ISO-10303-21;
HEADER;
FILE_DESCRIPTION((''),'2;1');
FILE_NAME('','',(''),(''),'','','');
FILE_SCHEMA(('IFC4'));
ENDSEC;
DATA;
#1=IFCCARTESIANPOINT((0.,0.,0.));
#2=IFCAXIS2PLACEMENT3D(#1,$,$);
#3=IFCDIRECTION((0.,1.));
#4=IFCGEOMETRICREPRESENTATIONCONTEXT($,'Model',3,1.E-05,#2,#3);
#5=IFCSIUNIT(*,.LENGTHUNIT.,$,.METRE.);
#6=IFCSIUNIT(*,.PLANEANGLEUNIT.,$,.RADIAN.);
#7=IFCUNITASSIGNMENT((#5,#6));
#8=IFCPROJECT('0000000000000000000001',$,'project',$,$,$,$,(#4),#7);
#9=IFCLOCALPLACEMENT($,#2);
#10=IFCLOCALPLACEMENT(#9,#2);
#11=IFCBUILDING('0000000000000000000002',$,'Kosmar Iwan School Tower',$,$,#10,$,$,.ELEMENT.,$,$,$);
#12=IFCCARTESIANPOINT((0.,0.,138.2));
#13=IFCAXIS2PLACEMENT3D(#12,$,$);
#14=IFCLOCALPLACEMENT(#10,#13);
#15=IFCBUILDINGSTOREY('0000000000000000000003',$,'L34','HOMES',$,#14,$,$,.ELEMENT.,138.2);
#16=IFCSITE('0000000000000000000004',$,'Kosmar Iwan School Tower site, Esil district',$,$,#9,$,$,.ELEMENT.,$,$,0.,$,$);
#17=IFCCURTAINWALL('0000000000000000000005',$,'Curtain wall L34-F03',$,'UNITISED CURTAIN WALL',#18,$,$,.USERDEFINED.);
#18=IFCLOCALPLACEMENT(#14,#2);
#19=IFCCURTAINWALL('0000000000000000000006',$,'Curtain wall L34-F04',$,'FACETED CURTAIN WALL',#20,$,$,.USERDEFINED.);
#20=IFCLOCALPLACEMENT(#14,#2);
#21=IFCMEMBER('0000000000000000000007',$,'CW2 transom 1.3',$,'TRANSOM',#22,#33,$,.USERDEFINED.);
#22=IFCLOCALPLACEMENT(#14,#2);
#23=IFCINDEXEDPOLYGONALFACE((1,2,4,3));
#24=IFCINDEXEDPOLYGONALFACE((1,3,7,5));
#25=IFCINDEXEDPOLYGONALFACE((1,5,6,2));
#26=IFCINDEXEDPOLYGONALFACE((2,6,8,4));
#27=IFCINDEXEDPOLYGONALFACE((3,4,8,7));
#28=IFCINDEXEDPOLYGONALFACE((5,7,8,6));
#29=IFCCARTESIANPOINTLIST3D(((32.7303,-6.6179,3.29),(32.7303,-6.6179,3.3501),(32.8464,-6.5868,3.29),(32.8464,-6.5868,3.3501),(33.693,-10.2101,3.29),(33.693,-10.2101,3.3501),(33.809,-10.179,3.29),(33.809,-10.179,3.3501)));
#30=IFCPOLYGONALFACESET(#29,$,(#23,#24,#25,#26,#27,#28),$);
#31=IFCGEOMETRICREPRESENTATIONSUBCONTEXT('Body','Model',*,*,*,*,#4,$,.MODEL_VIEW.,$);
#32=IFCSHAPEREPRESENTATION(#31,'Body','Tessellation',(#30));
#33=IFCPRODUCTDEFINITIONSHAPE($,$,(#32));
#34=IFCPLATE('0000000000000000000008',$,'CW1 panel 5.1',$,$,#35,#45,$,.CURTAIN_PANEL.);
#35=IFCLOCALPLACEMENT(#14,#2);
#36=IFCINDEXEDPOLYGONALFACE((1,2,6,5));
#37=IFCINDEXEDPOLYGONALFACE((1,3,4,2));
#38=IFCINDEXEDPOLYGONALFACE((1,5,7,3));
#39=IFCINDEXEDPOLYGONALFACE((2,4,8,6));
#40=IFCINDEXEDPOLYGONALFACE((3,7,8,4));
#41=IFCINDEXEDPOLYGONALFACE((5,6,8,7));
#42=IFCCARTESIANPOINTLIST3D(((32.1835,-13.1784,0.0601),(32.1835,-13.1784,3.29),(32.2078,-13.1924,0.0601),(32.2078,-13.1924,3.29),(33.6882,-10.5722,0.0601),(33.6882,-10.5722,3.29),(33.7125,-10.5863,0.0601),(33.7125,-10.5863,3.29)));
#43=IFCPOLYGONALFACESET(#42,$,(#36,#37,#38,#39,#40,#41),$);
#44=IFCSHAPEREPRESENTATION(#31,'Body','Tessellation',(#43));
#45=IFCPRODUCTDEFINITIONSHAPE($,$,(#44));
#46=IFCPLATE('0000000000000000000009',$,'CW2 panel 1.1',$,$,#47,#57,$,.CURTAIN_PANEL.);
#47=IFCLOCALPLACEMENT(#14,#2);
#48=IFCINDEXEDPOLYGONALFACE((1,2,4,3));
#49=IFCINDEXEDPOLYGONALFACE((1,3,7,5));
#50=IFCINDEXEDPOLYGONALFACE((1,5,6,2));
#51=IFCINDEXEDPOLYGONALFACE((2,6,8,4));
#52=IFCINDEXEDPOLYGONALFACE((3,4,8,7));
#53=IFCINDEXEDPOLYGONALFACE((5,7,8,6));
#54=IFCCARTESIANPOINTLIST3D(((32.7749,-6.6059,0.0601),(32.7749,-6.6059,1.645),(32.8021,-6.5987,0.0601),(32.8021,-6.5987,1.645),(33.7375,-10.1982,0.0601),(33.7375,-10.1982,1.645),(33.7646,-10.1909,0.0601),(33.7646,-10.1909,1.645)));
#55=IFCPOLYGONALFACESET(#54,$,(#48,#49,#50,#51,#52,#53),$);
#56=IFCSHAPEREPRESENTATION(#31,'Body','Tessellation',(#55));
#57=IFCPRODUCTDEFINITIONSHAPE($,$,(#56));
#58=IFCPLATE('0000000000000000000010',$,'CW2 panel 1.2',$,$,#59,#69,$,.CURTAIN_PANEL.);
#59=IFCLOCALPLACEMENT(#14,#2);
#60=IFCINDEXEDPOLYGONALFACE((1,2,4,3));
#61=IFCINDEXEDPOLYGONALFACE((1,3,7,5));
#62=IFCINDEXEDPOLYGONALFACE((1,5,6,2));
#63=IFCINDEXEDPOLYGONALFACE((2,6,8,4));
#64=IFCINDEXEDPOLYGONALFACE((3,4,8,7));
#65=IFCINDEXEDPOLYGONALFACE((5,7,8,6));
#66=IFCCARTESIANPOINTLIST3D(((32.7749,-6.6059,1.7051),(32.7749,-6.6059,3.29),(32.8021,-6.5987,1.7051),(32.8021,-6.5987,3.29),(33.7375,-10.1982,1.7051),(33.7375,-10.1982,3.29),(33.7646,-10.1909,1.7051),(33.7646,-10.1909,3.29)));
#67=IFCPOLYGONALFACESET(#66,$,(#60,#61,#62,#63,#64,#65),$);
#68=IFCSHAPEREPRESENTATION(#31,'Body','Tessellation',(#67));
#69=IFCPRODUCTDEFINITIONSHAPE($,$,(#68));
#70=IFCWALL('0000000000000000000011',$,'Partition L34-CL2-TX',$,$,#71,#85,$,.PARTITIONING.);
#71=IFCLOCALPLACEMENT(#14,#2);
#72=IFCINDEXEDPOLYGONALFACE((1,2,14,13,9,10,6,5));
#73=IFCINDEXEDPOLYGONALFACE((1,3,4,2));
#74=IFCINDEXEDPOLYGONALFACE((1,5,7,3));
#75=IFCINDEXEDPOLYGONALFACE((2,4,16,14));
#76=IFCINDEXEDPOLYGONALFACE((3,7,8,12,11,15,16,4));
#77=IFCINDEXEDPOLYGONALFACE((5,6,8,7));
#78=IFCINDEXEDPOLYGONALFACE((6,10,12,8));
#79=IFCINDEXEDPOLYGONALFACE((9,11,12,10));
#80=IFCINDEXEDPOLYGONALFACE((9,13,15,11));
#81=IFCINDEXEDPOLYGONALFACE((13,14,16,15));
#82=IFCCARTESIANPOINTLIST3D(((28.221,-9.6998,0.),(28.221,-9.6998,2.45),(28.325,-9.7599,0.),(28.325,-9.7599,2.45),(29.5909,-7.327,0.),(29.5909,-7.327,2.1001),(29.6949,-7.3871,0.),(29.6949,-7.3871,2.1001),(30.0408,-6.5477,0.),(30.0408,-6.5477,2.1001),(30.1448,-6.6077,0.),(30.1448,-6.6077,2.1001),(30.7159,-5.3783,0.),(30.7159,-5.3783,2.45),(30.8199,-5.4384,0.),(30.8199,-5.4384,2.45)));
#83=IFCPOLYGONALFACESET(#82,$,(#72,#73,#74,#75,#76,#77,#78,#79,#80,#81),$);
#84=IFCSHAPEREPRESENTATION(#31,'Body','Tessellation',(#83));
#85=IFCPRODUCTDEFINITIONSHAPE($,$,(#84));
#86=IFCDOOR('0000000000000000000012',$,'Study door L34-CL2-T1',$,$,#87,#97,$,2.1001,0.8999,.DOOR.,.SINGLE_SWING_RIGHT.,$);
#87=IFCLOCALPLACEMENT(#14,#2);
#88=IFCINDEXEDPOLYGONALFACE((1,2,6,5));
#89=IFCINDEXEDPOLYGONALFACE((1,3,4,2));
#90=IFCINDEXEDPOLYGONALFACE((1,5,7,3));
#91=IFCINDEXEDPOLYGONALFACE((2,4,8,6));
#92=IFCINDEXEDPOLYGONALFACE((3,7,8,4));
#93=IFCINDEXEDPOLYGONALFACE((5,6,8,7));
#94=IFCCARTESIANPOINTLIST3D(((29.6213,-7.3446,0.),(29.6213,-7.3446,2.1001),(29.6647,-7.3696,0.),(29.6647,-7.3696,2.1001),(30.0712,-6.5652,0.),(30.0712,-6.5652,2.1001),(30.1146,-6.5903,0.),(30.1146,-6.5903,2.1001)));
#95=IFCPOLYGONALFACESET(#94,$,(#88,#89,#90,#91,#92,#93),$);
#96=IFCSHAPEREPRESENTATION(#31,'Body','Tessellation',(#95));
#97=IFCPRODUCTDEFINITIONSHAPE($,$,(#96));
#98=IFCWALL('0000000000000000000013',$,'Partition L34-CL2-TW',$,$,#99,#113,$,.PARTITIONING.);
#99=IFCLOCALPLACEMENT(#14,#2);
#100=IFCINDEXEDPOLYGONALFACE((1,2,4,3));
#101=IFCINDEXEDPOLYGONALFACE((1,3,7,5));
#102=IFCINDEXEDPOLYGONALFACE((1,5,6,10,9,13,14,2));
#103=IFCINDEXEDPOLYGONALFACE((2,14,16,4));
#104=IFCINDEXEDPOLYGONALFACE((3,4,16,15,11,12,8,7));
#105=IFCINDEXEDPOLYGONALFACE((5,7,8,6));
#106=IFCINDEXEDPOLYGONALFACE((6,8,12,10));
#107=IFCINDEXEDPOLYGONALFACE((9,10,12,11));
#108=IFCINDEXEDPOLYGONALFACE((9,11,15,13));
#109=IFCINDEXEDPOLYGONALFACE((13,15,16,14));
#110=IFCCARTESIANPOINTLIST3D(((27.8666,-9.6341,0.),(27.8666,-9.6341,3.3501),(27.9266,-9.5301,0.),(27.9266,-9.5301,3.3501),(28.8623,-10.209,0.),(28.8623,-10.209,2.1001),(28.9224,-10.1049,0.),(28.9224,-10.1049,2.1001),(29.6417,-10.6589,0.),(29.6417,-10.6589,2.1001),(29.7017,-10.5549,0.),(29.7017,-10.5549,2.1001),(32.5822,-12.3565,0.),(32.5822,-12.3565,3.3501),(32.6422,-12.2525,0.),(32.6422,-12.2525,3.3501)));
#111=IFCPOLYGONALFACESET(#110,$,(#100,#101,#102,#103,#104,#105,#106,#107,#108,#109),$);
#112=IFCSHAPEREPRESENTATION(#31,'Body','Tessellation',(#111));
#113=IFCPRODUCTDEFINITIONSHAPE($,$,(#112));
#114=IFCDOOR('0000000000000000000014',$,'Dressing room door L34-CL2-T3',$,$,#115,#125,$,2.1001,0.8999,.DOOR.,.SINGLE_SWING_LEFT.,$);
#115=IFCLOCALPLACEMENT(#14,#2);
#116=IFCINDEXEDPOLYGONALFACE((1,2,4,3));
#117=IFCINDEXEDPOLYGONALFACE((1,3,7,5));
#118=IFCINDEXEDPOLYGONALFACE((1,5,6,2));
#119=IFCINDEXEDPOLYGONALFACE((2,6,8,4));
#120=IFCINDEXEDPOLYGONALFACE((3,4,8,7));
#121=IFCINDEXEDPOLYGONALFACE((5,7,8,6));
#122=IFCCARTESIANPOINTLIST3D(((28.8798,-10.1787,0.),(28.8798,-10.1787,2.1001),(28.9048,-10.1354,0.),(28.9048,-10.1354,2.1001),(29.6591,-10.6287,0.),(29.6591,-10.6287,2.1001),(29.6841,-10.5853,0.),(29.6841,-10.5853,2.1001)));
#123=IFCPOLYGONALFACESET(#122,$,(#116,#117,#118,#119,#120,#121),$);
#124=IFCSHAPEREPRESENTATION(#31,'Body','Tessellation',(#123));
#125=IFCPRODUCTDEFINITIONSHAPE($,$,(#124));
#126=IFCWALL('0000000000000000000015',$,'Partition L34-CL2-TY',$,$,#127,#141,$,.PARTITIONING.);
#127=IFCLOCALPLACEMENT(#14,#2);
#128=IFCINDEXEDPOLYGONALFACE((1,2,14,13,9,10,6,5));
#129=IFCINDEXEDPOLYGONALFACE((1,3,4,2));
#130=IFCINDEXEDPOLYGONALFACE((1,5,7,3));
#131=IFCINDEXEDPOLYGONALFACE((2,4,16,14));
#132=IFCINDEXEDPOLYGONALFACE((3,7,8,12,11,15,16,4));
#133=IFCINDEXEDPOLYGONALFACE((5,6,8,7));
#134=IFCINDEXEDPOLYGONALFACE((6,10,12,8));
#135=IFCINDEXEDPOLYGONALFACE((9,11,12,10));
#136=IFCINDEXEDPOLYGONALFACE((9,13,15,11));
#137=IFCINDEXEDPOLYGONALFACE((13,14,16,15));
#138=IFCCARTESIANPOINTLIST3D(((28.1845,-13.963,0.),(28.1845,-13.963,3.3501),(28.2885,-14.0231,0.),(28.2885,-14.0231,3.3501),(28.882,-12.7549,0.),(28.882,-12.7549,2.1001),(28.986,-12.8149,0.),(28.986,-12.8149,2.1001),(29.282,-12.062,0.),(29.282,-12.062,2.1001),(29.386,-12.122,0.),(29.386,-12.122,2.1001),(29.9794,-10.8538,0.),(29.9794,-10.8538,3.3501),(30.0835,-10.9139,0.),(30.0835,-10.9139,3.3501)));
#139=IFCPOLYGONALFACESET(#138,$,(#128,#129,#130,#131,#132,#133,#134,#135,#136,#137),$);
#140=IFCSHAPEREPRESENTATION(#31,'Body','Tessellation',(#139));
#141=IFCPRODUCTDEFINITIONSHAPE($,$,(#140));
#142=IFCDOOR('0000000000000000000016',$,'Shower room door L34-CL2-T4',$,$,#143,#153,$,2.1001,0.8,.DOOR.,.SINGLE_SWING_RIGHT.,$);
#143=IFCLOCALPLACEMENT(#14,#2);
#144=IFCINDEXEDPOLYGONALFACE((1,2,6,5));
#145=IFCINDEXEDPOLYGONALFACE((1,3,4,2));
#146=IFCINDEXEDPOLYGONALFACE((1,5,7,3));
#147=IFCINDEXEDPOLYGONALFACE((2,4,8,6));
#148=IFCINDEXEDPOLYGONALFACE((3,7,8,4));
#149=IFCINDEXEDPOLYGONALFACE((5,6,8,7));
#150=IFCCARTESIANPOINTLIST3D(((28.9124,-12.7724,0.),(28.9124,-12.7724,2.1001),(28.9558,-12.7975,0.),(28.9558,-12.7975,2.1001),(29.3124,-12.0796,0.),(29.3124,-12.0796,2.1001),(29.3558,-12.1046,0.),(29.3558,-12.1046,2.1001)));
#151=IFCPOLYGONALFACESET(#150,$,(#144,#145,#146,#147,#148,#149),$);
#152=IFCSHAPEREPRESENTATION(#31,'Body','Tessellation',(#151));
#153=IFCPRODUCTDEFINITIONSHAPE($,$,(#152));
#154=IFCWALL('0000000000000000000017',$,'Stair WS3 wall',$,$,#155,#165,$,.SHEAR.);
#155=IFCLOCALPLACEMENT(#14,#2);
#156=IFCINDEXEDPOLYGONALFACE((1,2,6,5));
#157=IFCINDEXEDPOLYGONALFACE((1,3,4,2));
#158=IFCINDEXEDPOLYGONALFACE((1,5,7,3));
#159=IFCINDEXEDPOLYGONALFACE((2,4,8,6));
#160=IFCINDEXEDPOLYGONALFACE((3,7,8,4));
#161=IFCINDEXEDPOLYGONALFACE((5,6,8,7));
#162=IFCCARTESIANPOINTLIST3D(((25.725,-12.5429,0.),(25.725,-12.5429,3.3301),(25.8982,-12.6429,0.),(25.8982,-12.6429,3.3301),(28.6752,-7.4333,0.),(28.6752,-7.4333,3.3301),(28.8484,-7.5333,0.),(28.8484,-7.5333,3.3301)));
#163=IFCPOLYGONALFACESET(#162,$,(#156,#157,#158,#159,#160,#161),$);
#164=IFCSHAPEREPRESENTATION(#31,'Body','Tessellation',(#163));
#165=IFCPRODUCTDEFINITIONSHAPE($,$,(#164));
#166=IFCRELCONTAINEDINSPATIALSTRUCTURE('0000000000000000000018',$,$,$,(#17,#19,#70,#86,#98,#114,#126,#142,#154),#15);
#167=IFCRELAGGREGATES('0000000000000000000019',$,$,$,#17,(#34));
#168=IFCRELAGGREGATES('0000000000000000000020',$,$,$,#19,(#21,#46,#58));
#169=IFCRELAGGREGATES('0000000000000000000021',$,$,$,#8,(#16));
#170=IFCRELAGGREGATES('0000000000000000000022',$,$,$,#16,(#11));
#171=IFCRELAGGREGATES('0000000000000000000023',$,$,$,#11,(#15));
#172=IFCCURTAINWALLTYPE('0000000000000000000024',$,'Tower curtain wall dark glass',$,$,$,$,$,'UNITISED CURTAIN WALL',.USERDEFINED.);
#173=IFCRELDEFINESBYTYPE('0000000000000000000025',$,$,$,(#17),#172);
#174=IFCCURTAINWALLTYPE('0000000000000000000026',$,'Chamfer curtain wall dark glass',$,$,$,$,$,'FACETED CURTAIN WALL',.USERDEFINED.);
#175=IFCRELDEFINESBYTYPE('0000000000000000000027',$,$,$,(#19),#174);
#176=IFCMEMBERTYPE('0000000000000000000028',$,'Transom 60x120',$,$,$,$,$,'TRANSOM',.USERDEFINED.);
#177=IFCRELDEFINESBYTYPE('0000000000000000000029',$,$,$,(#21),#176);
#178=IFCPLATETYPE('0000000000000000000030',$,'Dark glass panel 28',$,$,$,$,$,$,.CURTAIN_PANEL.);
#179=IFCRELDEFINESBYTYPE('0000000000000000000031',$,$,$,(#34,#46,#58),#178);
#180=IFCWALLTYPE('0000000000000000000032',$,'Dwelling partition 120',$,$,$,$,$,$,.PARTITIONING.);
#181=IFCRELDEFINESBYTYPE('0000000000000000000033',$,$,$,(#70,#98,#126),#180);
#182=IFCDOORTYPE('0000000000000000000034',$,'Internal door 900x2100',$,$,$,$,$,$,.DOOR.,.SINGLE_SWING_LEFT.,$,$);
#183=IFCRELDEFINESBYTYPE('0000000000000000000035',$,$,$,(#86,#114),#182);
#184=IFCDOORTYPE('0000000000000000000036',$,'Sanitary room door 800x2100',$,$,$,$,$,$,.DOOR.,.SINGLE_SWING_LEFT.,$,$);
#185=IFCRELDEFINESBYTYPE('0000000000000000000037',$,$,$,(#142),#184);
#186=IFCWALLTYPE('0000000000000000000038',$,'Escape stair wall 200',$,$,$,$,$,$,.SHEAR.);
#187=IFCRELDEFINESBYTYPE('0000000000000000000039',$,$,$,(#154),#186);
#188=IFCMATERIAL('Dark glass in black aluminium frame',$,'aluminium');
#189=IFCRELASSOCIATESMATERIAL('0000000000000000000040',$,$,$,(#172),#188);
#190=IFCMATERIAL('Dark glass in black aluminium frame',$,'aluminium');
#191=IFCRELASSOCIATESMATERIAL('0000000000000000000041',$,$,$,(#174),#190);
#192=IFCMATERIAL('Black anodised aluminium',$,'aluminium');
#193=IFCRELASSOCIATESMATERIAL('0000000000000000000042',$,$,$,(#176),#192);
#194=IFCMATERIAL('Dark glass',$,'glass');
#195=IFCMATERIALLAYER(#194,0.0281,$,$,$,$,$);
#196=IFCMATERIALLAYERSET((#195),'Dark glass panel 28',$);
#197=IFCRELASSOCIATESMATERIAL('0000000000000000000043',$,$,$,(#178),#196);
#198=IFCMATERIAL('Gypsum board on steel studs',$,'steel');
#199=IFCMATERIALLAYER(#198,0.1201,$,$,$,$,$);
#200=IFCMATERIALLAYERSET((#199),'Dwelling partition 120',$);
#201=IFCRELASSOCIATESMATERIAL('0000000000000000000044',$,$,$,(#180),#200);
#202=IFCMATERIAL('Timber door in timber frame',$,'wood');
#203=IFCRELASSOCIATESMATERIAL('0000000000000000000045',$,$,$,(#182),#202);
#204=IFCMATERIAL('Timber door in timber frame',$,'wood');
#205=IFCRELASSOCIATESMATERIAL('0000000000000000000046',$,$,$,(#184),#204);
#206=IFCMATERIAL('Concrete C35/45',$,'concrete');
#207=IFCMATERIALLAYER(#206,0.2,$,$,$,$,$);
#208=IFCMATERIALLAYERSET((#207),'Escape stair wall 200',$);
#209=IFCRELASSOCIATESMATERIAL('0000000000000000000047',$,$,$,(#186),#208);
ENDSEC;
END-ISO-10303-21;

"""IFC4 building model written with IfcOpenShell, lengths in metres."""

from ifc_helpers import new_model, si_unit, direction, frame, frame_2d, origin, origin_2d, place, context, subcontext, project, spatial, rectangle, extrude, material, layer, layer_set, material_profile, profile_set, type_object, element, fill, aggregate, save


model = new_model("IFC4")

# Units and contexts
model_context = context("Model", 3, precision=1e-05, world=origin(), true_north=direction((0.0, 1.0)))
body_context = subcontext(model_context, "Body", "Model", "MODEL_VIEW")
ifc_project = project(units=[si_unit("LENGTHUNIT", "METRE"), si_unit("PLANEANGLEUNIT", "RADIAN")], contexts=[model_context])

# Site, building, storey
site_placement = place(None, origin())
site = spatial("IfcSite", under=ifc_project, at=site_placement, Name="Kosmar Iwan School Tower site, Esil district", CompositionType="ELEMENT", RefElevation=0.0)
building_placement = place(site_placement, origin())
building = spatial("IfcBuilding", under=site, at=building_placement, Name="Kosmar Iwan School Tower", CompositionType="ELEMENT")
storey_placement = place(building_placement, frame((0.0, 0.0, 138.2)))
storey = spatial("IfcBuildingStorey", under=building, at=storey_placement, Name="L34", Description="HOMES", CompositionType="ELEMENT", Elevation=138.2)

# Curtain walls
ifc_material_1 = material(Name="Dark glass in black aluminium frame", Category="aluminium")
curtain_wall_type_1 = type_object("IfcCurtainWallType", Name="Tower curtain wall dark glass", ElementType="UNITISED CURTAIN WALL", PredefinedType="USERDEFINED", material=ifc_material_1)
curtain_wall_1_placement = place(storey_placement, origin())
curtain_wall_1 = element("IfcCurtainWall", 1, at=curtain_wall_1_placement, inside=storey, type_object=curtain_wall_type_1, Name="Curtain wall L34-F03", ObjectType="UNITISED CURTAIN WALL", PredefinedType="USERDEFINED")
ifc_material_2 = material(Name="Dark glass in black aluminium frame", Category="aluminium")
curtain_wall_type_2 = type_object("IfcCurtainWallType", Name="Chamfer curtain wall dark glass", ElementType="FACETED CURTAIN WALL", PredefinedType="USERDEFINED", material=ifc_material_2)
curtain_wall_2_placement = place(storey_placement, origin())
curtain_wall_2 = element("IfcCurtainWall", 2, at=curtain_wall_2_placement, inside=storey, type_object=curtain_wall_type_2, Name="Curtain wall L34-F04", ObjectType="FACETED CURTAIN WALL", PredefinedType="USERDEFINED")

# Member
ifc_material_3 = material(Name="Black anodised aluminium", Category="aluminium")
ifc_material_profile_1 = material_profile(ifc_material_3, rectangle(XDim=0.1201, YDim=0.0601, at=origin_2d()), Name="TRANSOM 60x120")
ifc_profile_set_1 = profile_set([ifc_material_profile_1], Name="Black anodised aluminium")
member_type_1 = type_object("IfcMemberType", Name="Transom 60x120", ElementType="TRANSOM", PredefinedType="USERDEFINED", material=ifc_profile_set_1)
member_1_placement = place(storey_placement, frame((33.751, -10.1946, 3.3201), z_axis=(-0.258843, 0.965919, 0.0), x_axis=(-0.965919, -0.258843, 0.0)))
member_1 = element("IfcMember", 3, at=member_1_placement, type_object=member_type_1, Name="CW2 transom 1.3", ObjectType="TRANSOM", PredefinedType="USERDEFINED", context=body_context, shape_type="SweptSolid", body=[
    extrude(rectangle(XDim=0.1201, YDim=0.0601, at=origin_2d()), origin(), (0.0, 0.0, 1.0), 3.719),
])

# Plates
ifc_material_4 = material(Name="Dark glass", Category="glass")
ifc_layer_1 = layer(ifc_material_4, 0.0281)
ifc_layer_set_1 = layer_set([ifc_layer_1], Name="Dark glass panel 28")
plate_type = type_object("IfcPlateType", Name="Dark glass panel 28", PredefinedType="CURTAIN_PANEL", material=ifc_layer_set_1)
plate_1_placement = place(storey_placement, frame((32.948, -11.8823, 0.0601), z_axis=(0.0, 0.0, 1.0), x_axis=(0.5, 0.866025, 0.0)))
plate_1 = element("IfcPlate", 4, at=plate_1_placement, type_object=plate_type, Name="CW1 panel 5.1", PredefinedType="CURTAIN_PANEL", context=body_context, shape_type="SweptSolid", body=[
    extrude(rectangle(XDim=3.0093, YDim=0.0281, at=origin_2d()), origin(), (0.0, 0.0, 1.0), 3.23),
])
aggregate(curtain_wall_1, [plate_1])
plate_2_placement = place(storey_placement, frame((33.2698, -8.3984, 0.0601), z_axis=(0.0, 0.0, 1.0), x_axis=(-0.258819, 0.965926, 0.0)))
plate_2 = element("IfcPlate", 5, at=plate_2_placement, type_object=plate_type, Name="CW2 panel 1.1", PredefinedType="CURTAIN_PANEL", context=body_context, shape_type="SweptSolid", body=[
    extrude(rectangle(XDim=3.719, YDim=0.0281, at=origin_2d()), origin(), (0.0, 0.0, 1.0), 1.585),
])
plate_3_placement = place(storey_placement, frame((33.2698, -8.3984, 1.7051), z_axis=(0.0, 0.0, 1.0), x_axis=(-0.258819, 0.965926, 0.0)))
plate_3 = element("IfcPlate", 6, at=plate_3_placement, type_object=plate_type, Name="CW2 panel 1.2", PredefinedType="CURTAIN_PANEL", context=body_context, shape_type="SweptSolid", body=[
    extrude(rectangle(XDim=3.719, YDim=0.0281, at=origin_2d()), origin(), (0.0, 0.0, 1.0), 1.585),
])
aggregate(curtain_wall_2, [member_1, plate_2, plate_3])

# Walls, openings, doors
ifc_material_5 = material(Name="Gypsum board on steel studs", Category="steel")
ifc_layer_2 = layer(ifc_material_5, 0.1201)
ifc_layer_set_2 = layer_set([ifc_layer_2], Name="Dwelling partition 120")
wall_type_1 = type_object("IfcWallType", Name="Dwelling partition 120", PredefinedType="PARTITIONING", material=ifc_layer_set_2)
wall_1_placement = place(storey_placement, frame((28.2729, -9.73, 0.0), z_axis=(0.0, 0.0, 1.0), x_axis=(0.499975, 0.86604, 0.0)))
wall_1 = element("IfcWall", 7, at=wall_1_placement, inside=storey, type_object=wall_type_1, Name="Partition L34-CL2-TX", PredefinedType="PARTITIONING", context=body_context, shape_type="SweptSolid", body=[
    extrude(rectangle(XDim=4.99, YDim=0.1201, at=frame_2d((2.4951, 0.0))), origin(), (0.0, 0.0, 1.0), 2.45),
])
opening_1_placement = place(wall_1_placement, frame((2.74, 0.0, 0.0)))
opening_1 = element("IfcOpeningElement", 8, at=opening_1_placement, cuts=wall_1, PredefinedType="OPENING", context=body_context, shape_type="SweptSolid", body=[
    extrude(rectangle(XDim=0.8999, YDim=2.1001, at=frame_2d((0.45, 1.05))), frame((0.0, 0.072, 0.0), z_axis=(0.0, -1.0, 0.0), x_axis=(1.0, 0.0, 0.0)), (0.0, 0.0, 1.0), 0.144),
])
ifc_material_6 = material(Name="Timber door in timber frame", Category="wood")
door_type_1 = type_object("IfcDoorType", Name="Internal door 900x2100", OperationType="SINGLE_SWING_LEFT", PredefinedType="DOOR", material=ifc_material_6)
door_1_placement = place(opening_1_placement, origin())
door_1 = element("IfcDoor", 9, at=door_1_placement, inside=storey, type_object=door_type_1, Name="Study door L34-CL2-T1", OperationType="SINGLE_SWING_RIGHT", OverallHeight=2.1001, OverallWidth=0.8999, PredefinedType="DOOR", context=body_context, shape_type="SweptSolid", body=[
    extrude(rectangle(XDim=0.8999, YDim=2.1001, at=frame_2d((0.45, 1.05))), frame((0.0, 0.0249, 0.0), z_axis=(0.0, -1.0, 0.0), x_axis=(1.0, 0.0, 0.0)), (0.0, 0.0, 1.0), 0.05),
])
fill(opening_1, door_1)
wall_2_placement = place(storey_placement, frame((27.8965, -9.582, 0.0), z_axis=(0.0, 0.0, 1.0), x_axis=(0.866036, -0.499982, 0.0)))
wall_2 = element("IfcWall", 10, at=wall_2_placement, inside=storey, type_object=wall_type_1, Name="Partition L34-CL2-TW", PredefinedType="PARTITIONING", context=body_context, shape_type="SweptSolid", body=[
    extrude(rectangle(XDim=5.4451, YDim=0.1201, at=frame_2d((2.7227, 0.0))), origin(), (0.0, 0.0, 1.0), 3.3501),
])
opening_2_placement = place(wall_2_placement, frame((1.1499, 0.0, 0.0)))
opening_2 = element("IfcOpeningElement", 11, at=opening_2_placement, cuts=wall_2, PredefinedType="OPENING", context=body_context, shape_type="SweptSolid", body=[
    extrude(rectangle(XDim=0.8999, YDim=2.1001, at=frame_2d((0.45, 1.05))), frame((0.0, 0.072, 0.0), z_axis=(0.0, -1.0, 0.0), x_axis=(1.0, 0.0, 0.0)), (0.0, 0.0, 1.0), 0.144),
])
door_2_placement = place(opening_2_placement, origin())
door_2 = element("IfcDoor", 12, at=door_2_placement, inside=storey, type_object=door_type_1, Name="Dressing room door L34-CL2-T3", OperationType="SINGLE_SWING_LEFT", OverallHeight=2.1001, OverallWidth=0.8999, PredefinedType="DOOR", context=body_context, shape_type="SweptSolid", body=[
    extrude(rectangle(XDim=0.8999, YDim=2.1001, at=frame_2d((0.45, 1.05))), frame((0.0, 0.0249, 0.0), z_axis=(0.0, -1.0, 0.0), x_axis=(1.0, 0.0, 0.0)), (0.0, 0.0, 1.0), 0.05),
])
fill(opening_2, door_2)
wall_3_placement = place(storey_placement, frame((28.2366, -13.9929, 0.0), z_axis=(0.0, 0.0, 1.0), x_axis=(0.499972, 0.866042, 0.0)))
wall_3 = element("IfcWall", 13, at=wall_3_placement, inside=storey, type_object=wall_type_1, Name="Partition L34-CL2-TY", PredefinedType="PARTITIONING", context=body_context, shape_type="SweptSolid", body=[
    extrude(rectangle(XDim=3.5901, YDim=0.1201, at=frame_2d((1.7949, 0.0))), origin(), (0.0, 0.0, 1.0), 3.3501),
])
opening_3_placement = place(wall_3_placement, frame((1.395, 0.0, 0.0)))
opening_3 = element("IfcOpeningElement", 14, at=opening_3_placement, cuts=wall_3, PredefinedType="OPENING", context=body_context, shape_type="SweptSolid", body=[
    extrude(rectangle(XDim=0.8, YDim=2.1001, at=frame_2d((0.3999, 1.05))), frame((0.0, 0.072, 0.0), z_axis=(0.0, -1.0, 0.0), x_axis=(1.0, 0.0, 0.0)), (0.0, 0.0, 1.0), 0.144),
])
ifc_material_7 = material(Name="Timber door in timber frame", Category="wood")
door_type_2 = type_object("IfcDoorType", Name="Sanitary room door 800x2100", OperationType="SINGLE_SWING_LEFT", PredefinedType="DOOR", material=ifc_material_7)
door_3_placement = place(opening_3_placement, origin())
door_3 = element("IfcDoor", 15, at=door_3_placement, inside=storey, type_object=door_type_2, Name="Shower room door L34-CL2-T4", OperationType="SINGLE_SWING_RIGHT", OverallHeight=2.1001, OverallWidth=0.8, PredefinedType="DOOR", context=body_context, shape_type="SweptSolid", body=[
    extrude(rectangle(XDim=0.8, YDim=2.1001, at=frame_2d((0.3999, 1.05))), frame((0.0, 0.0249, 0.0), z_axis=(0.0, -1.0, 0.0), x_axis=(1.0, 0.0, 0.0)), (0.0, 0.0, 1.0), 0.05),
])
fill(opening_3, door_3)

# Wall
ifc_material_8 = material(Name="Concrete C35/45", Category="concrete")
ifc_layer_3 = layer(ifc_material_8, 0.2)
ifc_layer_set_3 = layer_set([ifc_layer_3], Name="Escape stair wall 200")
wall_type_2 = type_object("IfcWallType", Name="Escape stair wall 200", PredefinedType="SHEAR", material=ifc_layer_set_3)
wall_4_placement = place(storey_placement, frame((25.8115, -12.593, 0.0), z_axis=(0.0, 0.0, 1.0), x_axis=(0.50002, 0.866014, 0.0)))
element("IfcWall", 16, at=wall_4_placement, inside=storey, type_object=wall_type_2, Name="Stair WS3 wall", PredefinedType="SHEAR", context=body_context, shape_type="SweptSolid", body=[
    extrude(rectangle(XDim=5.9001, YDim=0.2, at=frame_2d((2.9502, 0.0))), origin(), (0.0, 0.0, 1.0), 3.3301),
])

save(model, "model.ifc")
